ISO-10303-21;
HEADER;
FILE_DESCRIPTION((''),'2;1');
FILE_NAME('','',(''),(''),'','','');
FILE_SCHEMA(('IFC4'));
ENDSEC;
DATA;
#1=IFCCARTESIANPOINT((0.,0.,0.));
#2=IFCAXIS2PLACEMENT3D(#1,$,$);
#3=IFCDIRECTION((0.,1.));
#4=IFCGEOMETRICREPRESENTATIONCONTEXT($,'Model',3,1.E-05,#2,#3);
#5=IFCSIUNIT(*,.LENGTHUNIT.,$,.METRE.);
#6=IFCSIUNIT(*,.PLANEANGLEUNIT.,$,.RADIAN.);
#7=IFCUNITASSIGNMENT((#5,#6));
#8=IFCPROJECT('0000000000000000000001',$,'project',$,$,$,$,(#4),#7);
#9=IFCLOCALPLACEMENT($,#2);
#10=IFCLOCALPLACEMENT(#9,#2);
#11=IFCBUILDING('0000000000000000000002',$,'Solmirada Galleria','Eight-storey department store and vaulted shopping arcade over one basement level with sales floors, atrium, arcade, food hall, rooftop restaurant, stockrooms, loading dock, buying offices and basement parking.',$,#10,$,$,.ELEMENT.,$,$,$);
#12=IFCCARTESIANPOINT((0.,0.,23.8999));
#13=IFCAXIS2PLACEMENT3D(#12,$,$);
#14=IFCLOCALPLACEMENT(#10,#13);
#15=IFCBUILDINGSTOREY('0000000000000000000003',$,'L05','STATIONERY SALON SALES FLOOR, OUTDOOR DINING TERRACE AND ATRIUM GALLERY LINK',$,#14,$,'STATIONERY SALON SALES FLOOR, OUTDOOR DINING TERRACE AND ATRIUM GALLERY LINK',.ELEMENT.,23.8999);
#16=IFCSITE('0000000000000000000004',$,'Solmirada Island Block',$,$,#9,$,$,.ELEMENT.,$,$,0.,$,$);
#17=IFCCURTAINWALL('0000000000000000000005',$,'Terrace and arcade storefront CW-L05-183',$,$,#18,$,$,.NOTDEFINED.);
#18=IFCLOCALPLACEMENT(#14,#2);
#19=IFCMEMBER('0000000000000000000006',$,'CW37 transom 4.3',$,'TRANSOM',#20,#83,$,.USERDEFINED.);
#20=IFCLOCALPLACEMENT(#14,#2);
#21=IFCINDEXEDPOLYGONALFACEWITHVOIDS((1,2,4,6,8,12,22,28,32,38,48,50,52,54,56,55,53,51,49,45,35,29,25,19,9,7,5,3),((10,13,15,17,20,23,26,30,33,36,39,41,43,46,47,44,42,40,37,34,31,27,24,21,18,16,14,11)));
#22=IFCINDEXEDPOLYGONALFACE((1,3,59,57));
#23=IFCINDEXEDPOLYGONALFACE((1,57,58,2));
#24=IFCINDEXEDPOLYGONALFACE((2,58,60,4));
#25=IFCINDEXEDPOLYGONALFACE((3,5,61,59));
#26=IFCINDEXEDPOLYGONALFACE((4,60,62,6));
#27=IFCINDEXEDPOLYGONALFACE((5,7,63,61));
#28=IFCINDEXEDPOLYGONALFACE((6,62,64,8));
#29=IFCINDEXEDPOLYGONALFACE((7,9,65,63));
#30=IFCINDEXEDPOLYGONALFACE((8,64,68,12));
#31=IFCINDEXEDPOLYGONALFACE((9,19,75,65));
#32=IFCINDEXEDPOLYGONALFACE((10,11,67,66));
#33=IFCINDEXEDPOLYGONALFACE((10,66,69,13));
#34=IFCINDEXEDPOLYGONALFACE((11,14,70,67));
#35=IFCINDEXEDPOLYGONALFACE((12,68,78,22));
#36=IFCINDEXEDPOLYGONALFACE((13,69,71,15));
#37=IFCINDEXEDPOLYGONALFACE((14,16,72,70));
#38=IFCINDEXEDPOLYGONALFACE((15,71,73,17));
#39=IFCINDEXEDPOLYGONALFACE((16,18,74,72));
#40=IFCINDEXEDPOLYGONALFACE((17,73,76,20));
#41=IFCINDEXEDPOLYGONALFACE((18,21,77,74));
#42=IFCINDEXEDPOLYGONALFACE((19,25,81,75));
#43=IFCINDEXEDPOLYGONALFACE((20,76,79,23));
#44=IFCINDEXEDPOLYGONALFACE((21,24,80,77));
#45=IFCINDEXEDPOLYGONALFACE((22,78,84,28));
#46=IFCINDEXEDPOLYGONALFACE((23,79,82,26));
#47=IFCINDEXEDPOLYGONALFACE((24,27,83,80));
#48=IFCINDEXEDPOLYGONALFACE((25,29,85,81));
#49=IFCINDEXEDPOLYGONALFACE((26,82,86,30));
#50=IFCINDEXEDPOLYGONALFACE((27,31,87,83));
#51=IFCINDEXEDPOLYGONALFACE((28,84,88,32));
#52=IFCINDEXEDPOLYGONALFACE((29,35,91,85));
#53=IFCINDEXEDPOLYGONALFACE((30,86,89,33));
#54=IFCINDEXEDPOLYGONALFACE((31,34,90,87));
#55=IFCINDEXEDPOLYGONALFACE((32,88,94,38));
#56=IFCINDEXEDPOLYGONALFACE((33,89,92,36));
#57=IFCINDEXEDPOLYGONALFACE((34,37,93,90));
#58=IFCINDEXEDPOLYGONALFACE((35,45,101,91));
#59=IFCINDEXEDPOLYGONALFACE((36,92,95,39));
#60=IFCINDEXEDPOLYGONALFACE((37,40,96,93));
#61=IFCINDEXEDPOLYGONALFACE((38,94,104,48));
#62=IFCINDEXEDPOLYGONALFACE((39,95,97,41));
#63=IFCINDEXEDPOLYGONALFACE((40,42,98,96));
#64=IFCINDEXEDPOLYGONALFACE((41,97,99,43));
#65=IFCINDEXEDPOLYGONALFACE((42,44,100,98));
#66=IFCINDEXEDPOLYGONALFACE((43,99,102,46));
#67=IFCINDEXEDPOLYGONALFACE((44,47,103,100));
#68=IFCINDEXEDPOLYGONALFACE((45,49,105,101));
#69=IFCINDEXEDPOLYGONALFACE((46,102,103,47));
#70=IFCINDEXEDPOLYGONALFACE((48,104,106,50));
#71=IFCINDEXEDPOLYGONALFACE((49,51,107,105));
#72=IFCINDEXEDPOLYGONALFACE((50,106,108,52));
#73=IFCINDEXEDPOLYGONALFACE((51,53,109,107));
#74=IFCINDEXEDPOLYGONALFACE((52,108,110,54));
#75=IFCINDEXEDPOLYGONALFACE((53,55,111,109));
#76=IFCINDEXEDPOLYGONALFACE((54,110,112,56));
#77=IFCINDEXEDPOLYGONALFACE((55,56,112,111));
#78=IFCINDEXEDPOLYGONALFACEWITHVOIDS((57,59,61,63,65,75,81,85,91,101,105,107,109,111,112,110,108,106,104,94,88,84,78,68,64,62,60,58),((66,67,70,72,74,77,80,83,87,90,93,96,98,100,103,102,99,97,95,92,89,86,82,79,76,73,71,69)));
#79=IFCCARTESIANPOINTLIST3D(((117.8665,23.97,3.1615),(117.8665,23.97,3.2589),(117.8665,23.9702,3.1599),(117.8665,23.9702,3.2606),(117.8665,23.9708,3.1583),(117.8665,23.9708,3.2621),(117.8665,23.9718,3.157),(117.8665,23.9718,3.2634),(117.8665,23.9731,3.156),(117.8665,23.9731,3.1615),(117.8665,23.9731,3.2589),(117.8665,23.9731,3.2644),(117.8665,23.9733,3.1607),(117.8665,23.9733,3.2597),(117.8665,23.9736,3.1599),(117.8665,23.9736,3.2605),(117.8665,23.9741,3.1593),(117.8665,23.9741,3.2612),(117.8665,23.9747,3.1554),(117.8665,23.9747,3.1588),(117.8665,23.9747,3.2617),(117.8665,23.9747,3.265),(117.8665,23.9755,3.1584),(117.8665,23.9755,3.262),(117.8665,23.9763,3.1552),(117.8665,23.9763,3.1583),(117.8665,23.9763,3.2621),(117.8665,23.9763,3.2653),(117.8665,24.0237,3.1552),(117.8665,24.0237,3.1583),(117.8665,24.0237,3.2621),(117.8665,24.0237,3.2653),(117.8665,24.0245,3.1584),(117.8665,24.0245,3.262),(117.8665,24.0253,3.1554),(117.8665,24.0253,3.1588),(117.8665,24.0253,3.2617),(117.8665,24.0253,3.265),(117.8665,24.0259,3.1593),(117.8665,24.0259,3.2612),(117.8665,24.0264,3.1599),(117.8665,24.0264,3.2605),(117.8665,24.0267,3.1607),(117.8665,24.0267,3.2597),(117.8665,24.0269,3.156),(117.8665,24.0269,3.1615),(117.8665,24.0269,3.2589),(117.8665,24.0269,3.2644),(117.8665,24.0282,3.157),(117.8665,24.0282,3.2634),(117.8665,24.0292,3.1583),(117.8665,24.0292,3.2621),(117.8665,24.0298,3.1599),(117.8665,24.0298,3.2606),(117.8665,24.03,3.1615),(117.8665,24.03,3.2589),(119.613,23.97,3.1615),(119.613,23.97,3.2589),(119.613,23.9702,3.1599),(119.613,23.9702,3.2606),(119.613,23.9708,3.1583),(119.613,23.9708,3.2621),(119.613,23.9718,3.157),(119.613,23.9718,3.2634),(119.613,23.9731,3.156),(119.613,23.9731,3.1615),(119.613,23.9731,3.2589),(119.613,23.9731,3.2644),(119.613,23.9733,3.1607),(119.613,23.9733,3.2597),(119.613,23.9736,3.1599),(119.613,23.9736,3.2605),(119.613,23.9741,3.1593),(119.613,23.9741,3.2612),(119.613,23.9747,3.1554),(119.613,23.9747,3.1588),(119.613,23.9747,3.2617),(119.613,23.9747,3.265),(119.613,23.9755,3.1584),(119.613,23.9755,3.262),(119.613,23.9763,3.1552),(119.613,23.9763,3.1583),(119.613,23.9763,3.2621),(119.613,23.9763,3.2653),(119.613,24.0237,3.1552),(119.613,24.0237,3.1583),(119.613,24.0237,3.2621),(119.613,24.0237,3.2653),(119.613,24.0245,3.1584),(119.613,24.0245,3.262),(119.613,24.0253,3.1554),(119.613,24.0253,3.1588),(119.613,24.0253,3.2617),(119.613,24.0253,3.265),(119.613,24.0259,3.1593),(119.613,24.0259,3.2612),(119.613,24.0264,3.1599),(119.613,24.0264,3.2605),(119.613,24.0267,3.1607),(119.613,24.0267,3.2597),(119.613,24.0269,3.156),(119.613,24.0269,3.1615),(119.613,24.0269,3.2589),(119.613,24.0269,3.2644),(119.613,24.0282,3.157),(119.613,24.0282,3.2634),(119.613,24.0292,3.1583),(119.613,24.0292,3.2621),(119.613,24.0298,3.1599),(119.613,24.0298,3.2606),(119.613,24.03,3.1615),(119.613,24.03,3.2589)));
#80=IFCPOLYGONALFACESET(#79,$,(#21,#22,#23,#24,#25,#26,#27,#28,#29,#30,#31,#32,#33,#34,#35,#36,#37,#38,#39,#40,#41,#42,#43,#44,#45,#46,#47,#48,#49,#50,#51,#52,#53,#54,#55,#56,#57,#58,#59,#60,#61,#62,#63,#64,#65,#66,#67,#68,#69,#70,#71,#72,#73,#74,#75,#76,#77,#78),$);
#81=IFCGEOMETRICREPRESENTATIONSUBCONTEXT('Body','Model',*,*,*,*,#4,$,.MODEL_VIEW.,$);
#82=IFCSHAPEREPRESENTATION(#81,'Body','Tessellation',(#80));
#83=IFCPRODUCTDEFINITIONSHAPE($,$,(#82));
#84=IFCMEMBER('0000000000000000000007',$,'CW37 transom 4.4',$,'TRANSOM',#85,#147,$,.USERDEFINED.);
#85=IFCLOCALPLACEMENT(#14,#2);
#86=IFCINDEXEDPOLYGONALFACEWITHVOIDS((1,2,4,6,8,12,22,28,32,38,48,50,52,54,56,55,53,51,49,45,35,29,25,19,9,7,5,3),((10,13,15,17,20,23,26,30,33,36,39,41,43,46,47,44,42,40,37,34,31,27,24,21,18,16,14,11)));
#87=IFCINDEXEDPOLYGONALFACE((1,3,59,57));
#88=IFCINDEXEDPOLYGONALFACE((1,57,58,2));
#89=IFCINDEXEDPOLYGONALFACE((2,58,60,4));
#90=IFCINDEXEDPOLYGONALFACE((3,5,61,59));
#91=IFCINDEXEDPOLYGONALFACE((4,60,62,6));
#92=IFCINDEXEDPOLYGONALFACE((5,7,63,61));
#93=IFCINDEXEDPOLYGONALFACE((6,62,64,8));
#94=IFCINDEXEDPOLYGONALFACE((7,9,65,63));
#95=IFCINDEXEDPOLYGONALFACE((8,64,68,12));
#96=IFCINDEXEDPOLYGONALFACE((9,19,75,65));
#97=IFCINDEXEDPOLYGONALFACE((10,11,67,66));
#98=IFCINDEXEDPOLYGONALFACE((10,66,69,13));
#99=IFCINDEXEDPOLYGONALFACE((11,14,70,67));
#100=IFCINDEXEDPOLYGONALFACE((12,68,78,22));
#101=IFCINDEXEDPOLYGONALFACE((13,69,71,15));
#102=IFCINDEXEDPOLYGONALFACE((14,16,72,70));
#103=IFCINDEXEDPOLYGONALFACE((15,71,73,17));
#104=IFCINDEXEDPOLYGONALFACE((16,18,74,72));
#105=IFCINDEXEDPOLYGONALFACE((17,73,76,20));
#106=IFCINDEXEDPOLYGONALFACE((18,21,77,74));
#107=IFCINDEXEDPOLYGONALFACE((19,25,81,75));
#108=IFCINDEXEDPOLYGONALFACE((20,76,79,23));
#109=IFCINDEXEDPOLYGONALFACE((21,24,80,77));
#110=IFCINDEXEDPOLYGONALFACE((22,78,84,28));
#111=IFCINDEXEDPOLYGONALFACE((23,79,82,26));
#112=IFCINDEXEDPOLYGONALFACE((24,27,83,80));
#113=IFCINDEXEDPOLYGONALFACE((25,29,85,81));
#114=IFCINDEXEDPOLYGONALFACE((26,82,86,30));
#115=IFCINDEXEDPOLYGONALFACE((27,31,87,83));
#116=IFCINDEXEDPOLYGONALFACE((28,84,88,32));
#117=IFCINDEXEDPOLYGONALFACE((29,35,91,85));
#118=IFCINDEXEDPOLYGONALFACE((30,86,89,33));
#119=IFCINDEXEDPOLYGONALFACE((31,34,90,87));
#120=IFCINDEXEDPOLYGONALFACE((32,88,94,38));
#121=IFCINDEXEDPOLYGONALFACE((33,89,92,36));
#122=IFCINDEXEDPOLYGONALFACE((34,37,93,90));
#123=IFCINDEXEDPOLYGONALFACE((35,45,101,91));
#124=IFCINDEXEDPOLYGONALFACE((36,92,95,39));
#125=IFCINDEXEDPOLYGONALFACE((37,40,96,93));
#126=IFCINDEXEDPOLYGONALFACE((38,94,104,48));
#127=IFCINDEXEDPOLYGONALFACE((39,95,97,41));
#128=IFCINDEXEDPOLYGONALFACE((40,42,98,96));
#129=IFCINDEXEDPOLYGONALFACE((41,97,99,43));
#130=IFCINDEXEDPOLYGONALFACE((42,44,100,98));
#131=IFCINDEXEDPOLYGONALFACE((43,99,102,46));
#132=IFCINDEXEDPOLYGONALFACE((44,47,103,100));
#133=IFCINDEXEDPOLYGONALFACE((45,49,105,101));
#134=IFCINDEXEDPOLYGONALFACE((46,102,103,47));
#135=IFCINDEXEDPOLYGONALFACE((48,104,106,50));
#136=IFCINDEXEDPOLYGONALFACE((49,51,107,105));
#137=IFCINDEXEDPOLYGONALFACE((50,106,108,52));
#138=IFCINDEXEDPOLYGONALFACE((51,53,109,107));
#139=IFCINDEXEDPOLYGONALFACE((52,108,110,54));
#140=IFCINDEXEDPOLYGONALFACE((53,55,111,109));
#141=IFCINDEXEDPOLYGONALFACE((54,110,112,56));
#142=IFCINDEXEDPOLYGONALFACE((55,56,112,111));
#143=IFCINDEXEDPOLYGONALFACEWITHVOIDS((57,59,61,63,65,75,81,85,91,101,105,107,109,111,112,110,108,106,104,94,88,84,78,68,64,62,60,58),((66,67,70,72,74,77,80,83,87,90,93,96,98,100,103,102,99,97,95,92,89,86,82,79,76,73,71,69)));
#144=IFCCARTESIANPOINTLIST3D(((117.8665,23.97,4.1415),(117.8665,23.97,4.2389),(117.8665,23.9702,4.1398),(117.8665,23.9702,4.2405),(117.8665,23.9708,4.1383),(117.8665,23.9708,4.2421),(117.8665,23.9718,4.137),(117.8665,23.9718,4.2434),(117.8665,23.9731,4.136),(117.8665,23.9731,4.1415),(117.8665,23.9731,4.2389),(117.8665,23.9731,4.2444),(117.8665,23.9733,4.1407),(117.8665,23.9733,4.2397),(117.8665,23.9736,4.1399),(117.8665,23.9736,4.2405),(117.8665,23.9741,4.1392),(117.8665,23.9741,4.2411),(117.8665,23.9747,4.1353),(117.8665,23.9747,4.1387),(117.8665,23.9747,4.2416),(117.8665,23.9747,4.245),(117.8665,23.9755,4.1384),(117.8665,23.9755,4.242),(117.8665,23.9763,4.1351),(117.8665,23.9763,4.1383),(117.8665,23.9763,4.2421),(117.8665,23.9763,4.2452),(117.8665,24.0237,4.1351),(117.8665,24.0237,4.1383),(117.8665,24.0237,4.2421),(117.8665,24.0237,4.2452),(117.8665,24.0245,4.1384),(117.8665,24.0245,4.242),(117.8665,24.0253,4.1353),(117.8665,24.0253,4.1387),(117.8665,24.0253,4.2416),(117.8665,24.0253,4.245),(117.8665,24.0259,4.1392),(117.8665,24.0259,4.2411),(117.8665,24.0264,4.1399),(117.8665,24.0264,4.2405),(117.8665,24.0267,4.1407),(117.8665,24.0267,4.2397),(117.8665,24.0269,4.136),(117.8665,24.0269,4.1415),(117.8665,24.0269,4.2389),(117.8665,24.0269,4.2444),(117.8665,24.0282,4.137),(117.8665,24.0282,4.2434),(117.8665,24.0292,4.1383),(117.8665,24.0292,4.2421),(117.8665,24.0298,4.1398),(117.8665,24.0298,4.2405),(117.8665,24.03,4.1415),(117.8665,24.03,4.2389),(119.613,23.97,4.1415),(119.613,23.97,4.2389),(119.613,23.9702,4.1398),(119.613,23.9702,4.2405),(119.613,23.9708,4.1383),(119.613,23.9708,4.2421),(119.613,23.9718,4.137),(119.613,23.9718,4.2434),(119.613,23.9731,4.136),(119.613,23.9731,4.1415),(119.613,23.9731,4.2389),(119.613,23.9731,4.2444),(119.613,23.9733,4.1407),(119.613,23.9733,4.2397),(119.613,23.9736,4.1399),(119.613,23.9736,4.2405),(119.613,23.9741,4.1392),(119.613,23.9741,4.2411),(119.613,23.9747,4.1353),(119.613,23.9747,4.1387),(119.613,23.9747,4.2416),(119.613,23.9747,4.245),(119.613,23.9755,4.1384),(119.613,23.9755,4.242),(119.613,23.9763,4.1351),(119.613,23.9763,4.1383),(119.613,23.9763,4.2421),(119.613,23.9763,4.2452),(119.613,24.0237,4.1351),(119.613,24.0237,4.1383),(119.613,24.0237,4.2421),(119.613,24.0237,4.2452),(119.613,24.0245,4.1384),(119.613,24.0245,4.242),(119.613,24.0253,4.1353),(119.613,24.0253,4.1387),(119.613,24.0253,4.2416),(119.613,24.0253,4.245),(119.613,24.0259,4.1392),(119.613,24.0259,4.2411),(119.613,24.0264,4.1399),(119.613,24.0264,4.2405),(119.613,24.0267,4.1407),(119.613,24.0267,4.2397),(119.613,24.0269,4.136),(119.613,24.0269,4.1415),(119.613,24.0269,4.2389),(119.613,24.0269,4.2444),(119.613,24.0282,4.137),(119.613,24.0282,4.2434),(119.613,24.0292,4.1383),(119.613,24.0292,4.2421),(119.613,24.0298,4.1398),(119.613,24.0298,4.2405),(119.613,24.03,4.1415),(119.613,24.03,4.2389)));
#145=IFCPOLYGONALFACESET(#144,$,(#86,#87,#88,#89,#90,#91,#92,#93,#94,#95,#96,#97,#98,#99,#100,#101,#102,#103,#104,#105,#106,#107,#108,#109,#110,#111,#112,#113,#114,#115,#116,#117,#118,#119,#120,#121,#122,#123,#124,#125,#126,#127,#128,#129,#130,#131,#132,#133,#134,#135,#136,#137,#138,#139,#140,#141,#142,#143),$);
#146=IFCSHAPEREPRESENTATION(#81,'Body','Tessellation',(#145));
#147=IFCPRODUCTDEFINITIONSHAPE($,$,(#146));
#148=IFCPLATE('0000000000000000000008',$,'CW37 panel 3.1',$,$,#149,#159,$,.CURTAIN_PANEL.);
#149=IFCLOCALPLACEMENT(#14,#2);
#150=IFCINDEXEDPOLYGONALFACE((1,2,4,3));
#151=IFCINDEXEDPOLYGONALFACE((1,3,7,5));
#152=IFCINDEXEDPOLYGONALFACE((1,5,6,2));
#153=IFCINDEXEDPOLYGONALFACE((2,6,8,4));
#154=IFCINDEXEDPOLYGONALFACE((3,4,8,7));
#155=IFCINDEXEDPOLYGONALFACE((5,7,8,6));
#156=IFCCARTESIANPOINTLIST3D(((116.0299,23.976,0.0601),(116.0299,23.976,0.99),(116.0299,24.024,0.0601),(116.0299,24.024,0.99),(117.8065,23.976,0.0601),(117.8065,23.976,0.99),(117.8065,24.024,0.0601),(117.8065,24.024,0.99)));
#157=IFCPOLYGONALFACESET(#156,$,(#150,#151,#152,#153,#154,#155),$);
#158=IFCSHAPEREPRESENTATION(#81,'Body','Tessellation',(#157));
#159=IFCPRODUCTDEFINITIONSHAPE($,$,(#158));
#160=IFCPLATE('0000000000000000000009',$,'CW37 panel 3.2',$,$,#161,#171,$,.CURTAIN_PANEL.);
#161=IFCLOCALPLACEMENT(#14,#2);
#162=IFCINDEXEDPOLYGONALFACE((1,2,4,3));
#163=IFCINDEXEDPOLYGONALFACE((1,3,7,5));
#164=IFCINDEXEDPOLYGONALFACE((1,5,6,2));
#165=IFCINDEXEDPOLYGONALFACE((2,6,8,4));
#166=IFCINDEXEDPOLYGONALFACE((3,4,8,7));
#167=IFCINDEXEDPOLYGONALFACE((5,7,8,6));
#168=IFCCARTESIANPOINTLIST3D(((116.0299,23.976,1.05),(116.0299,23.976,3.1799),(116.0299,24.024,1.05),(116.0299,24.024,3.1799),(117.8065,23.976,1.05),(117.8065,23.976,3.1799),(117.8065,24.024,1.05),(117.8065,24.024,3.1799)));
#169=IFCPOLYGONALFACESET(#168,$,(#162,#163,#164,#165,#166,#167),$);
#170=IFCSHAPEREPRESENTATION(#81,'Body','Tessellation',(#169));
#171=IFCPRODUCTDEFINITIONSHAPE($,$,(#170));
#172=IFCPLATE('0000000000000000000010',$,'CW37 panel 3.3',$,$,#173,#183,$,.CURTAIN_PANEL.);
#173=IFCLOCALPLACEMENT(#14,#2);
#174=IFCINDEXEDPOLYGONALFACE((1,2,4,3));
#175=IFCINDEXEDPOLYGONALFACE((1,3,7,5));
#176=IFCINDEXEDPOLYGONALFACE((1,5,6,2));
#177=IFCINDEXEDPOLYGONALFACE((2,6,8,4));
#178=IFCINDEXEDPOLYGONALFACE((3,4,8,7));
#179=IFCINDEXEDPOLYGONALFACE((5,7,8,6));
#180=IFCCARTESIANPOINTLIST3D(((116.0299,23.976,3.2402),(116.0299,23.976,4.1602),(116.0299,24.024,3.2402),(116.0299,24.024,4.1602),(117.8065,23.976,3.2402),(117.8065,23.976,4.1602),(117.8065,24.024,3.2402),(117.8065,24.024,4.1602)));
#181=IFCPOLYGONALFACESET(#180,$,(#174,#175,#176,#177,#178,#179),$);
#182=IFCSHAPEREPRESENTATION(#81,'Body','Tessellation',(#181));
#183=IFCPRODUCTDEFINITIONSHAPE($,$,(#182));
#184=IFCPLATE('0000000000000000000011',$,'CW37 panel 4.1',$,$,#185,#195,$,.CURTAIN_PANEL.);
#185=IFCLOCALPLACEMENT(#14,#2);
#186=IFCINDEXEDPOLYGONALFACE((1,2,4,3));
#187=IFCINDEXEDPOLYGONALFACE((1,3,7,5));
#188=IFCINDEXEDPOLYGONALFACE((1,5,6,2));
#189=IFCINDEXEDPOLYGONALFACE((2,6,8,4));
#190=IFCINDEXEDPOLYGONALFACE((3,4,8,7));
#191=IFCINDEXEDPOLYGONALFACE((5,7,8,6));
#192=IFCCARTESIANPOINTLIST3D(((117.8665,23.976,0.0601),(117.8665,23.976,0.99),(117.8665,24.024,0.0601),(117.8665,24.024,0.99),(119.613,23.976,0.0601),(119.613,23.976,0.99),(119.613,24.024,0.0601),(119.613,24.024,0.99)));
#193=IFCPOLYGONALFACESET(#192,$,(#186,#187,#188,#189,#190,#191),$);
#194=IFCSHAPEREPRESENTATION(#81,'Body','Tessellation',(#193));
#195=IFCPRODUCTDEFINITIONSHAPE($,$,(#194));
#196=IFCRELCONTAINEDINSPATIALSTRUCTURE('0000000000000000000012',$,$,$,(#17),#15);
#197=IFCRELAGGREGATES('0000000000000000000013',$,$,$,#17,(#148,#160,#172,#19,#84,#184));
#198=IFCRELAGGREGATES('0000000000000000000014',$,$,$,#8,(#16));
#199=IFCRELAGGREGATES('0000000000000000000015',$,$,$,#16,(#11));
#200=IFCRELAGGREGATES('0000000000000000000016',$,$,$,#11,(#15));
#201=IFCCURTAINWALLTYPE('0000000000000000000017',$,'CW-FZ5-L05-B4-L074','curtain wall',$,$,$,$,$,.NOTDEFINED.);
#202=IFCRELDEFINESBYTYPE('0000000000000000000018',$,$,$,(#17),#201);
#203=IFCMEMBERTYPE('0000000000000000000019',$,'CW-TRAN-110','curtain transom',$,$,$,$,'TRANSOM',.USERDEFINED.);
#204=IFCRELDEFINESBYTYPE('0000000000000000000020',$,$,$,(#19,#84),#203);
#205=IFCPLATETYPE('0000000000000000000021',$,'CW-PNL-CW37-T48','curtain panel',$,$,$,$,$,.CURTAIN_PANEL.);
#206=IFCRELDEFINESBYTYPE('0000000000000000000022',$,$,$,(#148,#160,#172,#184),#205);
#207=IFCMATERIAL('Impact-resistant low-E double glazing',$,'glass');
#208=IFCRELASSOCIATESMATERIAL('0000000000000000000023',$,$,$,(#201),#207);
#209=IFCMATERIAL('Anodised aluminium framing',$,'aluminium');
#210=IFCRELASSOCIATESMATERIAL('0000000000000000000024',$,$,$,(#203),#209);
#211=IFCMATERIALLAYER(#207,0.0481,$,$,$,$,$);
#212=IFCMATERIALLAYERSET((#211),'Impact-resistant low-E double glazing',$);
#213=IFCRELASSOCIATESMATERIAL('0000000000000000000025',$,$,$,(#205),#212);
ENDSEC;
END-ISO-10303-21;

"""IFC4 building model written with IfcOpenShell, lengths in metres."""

from ifc_helpers import new_model, si_unit, direction, frame, origin, origin_2d, place, context, subcontext, project, spatial, rectangle, hollow_rectangle, extrude, material, layer, layer_set, material_profile, profile_set, type_object, element, aggregate, save


model = new_model("IFC4")

# Units and contexts
model_context = context("Model", 3, precision=1e-05, world=origin(), true_north=direction((0.0, 1.0)))
body_context = subcontext(model_context, "Body", "Model", "MODEL_VIEW")
ifc_project = project(units=[si_unit("LENGTHUNIT", "METRE"), si_unit("PLANEANGLEUNIT", "RADIAN")], contexts=[model_context])

# Site, building, storey
site_placement = place(None, origin())
site = spatial("IfcSite", under=ifc_project, at=site_placement, Name="Solmirada Island Block", CompositionType="ELEMENT", RefElevation=0.0)
building_placement = place(site_placement, origin())
building = spatial("IfcBuilding", under=site, at=building_placement, Name="Solmirada Galleria", Description="Eight-storey department store and vaulted shopping arcade over one basement level with sales floors, atrium, arcade, food hall, rooftop restaurant, stockrooms, loading dock, buying offices and basement parking.", CompositionType="ELEMENT")
storey_placement = place(building_placement, frame((0.0, 0.0, 23.8999)))
storey = spatial("IfcBuildingStorey", under=building, at=storey_placement, Name="L05", Description="STATIONERY SALON SALES FLOOR, OUTDOOR DINING TERRACE AND ATRIUM GALLERY LINK", LongName="STATIONERY SALON SALES FLOOR, OUTDOOR DINING TERRACE AND ATRIUM GALLERY LINK", CompositionType="ELEMENT", Elevation=23.8999)

# Curtain wall
ifc_material_1 = material(Name="Impact-resistant low-E double glazing", Category="glass")
curtain_wall_type = type_object("IfcCurtainWallType", Name="CW-FZ5-L05-B4-L074", Description="curtain wall", PredefinedType="NOTDEFINED", material=ifc_material_1)
curtain_wall_1_placement = place(storey_placement, origin())
curtain_wall_1 = element("IfcCurtainWall", 1, at=curtain_wall_1_placement, inside=storey, type_object=curtain_wall_type, Name="Terrace and arcade storefront CW-L05-183", PredefinedType="NOTDEFINED")
ifc_material_2 = material(Name="Anodised aluminium framing", Category="aluminium")

# Members
ifc_material_profile_1 = material_profile(ifc_material_2, hollow_rectangle(XDim=0.0601, YDim=0.1101, WallThickness=0.0032, InnerFilletRadius=0.0032, OuterFilletRadius=0.0063, at=origin_2d()), Name="ALU-TRAN-110X60")
ifc_profile_set_1 = profile_set([ifc_material_profile_1], Name="Anodised aluminium framing")
member_type_1 = type_object("IfcMemberType", Name="CW-TRAN-110", Description="curtain transom", ElementType="TRANSOM", PredefinedType="USERDEFINED", material=ifc_profile_set_1)
member_1_placement = place(storey_placement, frame((117.8665, 24.0, 3.2102), z_axis=(1.0, 0.0, 0.0), x_axis=(0.0, 1.0, 0.0)))
member_1 = element("IfcMember", 2, at=member_1_placement, type_object=member_type_1, Name="CW37 transom 4.3", ObjectType="TRANSOM", PredefinedType="USERDEFINED", context=body_context, shape_type="SweptSolid", body=[
    extrude(hollow_rectangle(XDim=0.0601, YDim=0.1101, WallThickness=0.0032, InnerFilletRadius=0.0032, OuterFilletRadius=0.0063, at=origin_2d()), origin(), (0.0, 0.0, 1.0), 1.7466),
])
member_2_placement = place(storey_placement, frame((117.8665, 24.0, 4.1902), z_axis=(1.0, 0.0, 0.0), x_axis=(0.0, 1.0, 0.0)))
member_2 = element("IfcMember", 3, at=member_2_placement, type_object=member_type_1, Name="CW37 transom 4.4", ObjectType="TRANSOM", PredefinedType="USERDEFINED", context=body_context, shape_type="SweptSolid", body=[
    extrude(hollow_rectangle(XDim=0.0601, YDim=0.1101, WallThickness=0.0032, InnerFilletRadius=0.0032, OuterFilletRadius=0.0063, at=origin_2d()), origin(), (0.0, 0.0, 1.0), 1.7466),
])

# Plates
ifc_layer_1 = layer(ifc_material_1, 0.0481)
ifc_layer_set_1 = layer_set([ifc_layer_1], Name="Impact-resistant low-E double glazing")
plate_type = type_object("IfcPlateType", Name="CW-PNL-CW37-T48", Description="curtain panel", PredefinedType="CURTAIN_PANEL", material=ifc_layer_set_1)
plate_1_placement = place(storey_placement, frame((116.9182, 24.0, 0.0601), z_axis=(0.0, 0.0, 1.0), x_axis=(1.0, 0.0, 0.0)))
plate_1 = element("IfcPlate", 4, at=plate_1_placement, type_object=plate_type, Name="CW37 panel 3.1", PredefinedType="CURTAIN_PANEL", context=body_context, shape_type="SweptSolid", body=[
    extrude(rectangle(XDim=1.7766, YDim=0.0481, at=origin_2d()), origin(), (0.0, 0.0, 1.0), 0.9299),
])
plate_2_placement = place(storey_placement, frame((116.9182, 24.0, 1.05), z_axis=(0.0, 0.0, 1.0), x_axis=(1.0, 0.0, 0.0)))
plate_2 = element("IfcPlate", 5, at=plate_2_placement, type_object=plate_type, Name="CW37 panel 3.2", PredefinedType="CURTAIN_PANEL", context=body_context, shape_type="SweptSolid", body=[
    extrude(rectangle(XDim=1.7766, YDim=0.0481, at=origin_2d()), origin(), (0.0, 0.0, 1.0), 2.1299),
])
plate_3_placement = place(storey_placement, frame((116.9182, 24.0, 3.2402), z_axis=(0.0, 0.0, 1.0), x_axis=(1.0, 0.0, 0.0)))
plate_3 = element("IfcPlate", 6, at=plate_3_placement, type_object=plate_type, Name="CW37 panel 3.3", PredefinedType="CURTAIN_PANEL", context=body_context, shape_type="SweptSolid", body=[
    extrude(rectangle(XDim=1.7766, YDim=0.0481, at=origin_2d()), origin(), (0.0, 0.0, 1.0), 0.9199),
])
plate_4_placement = place(storey_placement, frame((118.7397, 24.0, 0.0601), z_axis=(0.0, 0.0, 1.0), x_axis=(1.0, 0.0, 0.0)))
plate_4 = element("IfcPlate", 7, at=plate_4_placement, type_object=plate_type, Name="CW37 panel 4.1", PredefinedType="CURTAIN_PANEL", context=body_context, shape_type="SweptSolid", body=[
    extrude(rectangle(XDim=1.7466, YDim=0.0481, at=origin_2d()), origin(), (0.0, 0.0, 1.0), 0.9299),
])
aggregate(curtain_wall_1, [plate_1, plate_2, plate_3, member_1, member_2, plate_4])

save(model, "model.ifc")
